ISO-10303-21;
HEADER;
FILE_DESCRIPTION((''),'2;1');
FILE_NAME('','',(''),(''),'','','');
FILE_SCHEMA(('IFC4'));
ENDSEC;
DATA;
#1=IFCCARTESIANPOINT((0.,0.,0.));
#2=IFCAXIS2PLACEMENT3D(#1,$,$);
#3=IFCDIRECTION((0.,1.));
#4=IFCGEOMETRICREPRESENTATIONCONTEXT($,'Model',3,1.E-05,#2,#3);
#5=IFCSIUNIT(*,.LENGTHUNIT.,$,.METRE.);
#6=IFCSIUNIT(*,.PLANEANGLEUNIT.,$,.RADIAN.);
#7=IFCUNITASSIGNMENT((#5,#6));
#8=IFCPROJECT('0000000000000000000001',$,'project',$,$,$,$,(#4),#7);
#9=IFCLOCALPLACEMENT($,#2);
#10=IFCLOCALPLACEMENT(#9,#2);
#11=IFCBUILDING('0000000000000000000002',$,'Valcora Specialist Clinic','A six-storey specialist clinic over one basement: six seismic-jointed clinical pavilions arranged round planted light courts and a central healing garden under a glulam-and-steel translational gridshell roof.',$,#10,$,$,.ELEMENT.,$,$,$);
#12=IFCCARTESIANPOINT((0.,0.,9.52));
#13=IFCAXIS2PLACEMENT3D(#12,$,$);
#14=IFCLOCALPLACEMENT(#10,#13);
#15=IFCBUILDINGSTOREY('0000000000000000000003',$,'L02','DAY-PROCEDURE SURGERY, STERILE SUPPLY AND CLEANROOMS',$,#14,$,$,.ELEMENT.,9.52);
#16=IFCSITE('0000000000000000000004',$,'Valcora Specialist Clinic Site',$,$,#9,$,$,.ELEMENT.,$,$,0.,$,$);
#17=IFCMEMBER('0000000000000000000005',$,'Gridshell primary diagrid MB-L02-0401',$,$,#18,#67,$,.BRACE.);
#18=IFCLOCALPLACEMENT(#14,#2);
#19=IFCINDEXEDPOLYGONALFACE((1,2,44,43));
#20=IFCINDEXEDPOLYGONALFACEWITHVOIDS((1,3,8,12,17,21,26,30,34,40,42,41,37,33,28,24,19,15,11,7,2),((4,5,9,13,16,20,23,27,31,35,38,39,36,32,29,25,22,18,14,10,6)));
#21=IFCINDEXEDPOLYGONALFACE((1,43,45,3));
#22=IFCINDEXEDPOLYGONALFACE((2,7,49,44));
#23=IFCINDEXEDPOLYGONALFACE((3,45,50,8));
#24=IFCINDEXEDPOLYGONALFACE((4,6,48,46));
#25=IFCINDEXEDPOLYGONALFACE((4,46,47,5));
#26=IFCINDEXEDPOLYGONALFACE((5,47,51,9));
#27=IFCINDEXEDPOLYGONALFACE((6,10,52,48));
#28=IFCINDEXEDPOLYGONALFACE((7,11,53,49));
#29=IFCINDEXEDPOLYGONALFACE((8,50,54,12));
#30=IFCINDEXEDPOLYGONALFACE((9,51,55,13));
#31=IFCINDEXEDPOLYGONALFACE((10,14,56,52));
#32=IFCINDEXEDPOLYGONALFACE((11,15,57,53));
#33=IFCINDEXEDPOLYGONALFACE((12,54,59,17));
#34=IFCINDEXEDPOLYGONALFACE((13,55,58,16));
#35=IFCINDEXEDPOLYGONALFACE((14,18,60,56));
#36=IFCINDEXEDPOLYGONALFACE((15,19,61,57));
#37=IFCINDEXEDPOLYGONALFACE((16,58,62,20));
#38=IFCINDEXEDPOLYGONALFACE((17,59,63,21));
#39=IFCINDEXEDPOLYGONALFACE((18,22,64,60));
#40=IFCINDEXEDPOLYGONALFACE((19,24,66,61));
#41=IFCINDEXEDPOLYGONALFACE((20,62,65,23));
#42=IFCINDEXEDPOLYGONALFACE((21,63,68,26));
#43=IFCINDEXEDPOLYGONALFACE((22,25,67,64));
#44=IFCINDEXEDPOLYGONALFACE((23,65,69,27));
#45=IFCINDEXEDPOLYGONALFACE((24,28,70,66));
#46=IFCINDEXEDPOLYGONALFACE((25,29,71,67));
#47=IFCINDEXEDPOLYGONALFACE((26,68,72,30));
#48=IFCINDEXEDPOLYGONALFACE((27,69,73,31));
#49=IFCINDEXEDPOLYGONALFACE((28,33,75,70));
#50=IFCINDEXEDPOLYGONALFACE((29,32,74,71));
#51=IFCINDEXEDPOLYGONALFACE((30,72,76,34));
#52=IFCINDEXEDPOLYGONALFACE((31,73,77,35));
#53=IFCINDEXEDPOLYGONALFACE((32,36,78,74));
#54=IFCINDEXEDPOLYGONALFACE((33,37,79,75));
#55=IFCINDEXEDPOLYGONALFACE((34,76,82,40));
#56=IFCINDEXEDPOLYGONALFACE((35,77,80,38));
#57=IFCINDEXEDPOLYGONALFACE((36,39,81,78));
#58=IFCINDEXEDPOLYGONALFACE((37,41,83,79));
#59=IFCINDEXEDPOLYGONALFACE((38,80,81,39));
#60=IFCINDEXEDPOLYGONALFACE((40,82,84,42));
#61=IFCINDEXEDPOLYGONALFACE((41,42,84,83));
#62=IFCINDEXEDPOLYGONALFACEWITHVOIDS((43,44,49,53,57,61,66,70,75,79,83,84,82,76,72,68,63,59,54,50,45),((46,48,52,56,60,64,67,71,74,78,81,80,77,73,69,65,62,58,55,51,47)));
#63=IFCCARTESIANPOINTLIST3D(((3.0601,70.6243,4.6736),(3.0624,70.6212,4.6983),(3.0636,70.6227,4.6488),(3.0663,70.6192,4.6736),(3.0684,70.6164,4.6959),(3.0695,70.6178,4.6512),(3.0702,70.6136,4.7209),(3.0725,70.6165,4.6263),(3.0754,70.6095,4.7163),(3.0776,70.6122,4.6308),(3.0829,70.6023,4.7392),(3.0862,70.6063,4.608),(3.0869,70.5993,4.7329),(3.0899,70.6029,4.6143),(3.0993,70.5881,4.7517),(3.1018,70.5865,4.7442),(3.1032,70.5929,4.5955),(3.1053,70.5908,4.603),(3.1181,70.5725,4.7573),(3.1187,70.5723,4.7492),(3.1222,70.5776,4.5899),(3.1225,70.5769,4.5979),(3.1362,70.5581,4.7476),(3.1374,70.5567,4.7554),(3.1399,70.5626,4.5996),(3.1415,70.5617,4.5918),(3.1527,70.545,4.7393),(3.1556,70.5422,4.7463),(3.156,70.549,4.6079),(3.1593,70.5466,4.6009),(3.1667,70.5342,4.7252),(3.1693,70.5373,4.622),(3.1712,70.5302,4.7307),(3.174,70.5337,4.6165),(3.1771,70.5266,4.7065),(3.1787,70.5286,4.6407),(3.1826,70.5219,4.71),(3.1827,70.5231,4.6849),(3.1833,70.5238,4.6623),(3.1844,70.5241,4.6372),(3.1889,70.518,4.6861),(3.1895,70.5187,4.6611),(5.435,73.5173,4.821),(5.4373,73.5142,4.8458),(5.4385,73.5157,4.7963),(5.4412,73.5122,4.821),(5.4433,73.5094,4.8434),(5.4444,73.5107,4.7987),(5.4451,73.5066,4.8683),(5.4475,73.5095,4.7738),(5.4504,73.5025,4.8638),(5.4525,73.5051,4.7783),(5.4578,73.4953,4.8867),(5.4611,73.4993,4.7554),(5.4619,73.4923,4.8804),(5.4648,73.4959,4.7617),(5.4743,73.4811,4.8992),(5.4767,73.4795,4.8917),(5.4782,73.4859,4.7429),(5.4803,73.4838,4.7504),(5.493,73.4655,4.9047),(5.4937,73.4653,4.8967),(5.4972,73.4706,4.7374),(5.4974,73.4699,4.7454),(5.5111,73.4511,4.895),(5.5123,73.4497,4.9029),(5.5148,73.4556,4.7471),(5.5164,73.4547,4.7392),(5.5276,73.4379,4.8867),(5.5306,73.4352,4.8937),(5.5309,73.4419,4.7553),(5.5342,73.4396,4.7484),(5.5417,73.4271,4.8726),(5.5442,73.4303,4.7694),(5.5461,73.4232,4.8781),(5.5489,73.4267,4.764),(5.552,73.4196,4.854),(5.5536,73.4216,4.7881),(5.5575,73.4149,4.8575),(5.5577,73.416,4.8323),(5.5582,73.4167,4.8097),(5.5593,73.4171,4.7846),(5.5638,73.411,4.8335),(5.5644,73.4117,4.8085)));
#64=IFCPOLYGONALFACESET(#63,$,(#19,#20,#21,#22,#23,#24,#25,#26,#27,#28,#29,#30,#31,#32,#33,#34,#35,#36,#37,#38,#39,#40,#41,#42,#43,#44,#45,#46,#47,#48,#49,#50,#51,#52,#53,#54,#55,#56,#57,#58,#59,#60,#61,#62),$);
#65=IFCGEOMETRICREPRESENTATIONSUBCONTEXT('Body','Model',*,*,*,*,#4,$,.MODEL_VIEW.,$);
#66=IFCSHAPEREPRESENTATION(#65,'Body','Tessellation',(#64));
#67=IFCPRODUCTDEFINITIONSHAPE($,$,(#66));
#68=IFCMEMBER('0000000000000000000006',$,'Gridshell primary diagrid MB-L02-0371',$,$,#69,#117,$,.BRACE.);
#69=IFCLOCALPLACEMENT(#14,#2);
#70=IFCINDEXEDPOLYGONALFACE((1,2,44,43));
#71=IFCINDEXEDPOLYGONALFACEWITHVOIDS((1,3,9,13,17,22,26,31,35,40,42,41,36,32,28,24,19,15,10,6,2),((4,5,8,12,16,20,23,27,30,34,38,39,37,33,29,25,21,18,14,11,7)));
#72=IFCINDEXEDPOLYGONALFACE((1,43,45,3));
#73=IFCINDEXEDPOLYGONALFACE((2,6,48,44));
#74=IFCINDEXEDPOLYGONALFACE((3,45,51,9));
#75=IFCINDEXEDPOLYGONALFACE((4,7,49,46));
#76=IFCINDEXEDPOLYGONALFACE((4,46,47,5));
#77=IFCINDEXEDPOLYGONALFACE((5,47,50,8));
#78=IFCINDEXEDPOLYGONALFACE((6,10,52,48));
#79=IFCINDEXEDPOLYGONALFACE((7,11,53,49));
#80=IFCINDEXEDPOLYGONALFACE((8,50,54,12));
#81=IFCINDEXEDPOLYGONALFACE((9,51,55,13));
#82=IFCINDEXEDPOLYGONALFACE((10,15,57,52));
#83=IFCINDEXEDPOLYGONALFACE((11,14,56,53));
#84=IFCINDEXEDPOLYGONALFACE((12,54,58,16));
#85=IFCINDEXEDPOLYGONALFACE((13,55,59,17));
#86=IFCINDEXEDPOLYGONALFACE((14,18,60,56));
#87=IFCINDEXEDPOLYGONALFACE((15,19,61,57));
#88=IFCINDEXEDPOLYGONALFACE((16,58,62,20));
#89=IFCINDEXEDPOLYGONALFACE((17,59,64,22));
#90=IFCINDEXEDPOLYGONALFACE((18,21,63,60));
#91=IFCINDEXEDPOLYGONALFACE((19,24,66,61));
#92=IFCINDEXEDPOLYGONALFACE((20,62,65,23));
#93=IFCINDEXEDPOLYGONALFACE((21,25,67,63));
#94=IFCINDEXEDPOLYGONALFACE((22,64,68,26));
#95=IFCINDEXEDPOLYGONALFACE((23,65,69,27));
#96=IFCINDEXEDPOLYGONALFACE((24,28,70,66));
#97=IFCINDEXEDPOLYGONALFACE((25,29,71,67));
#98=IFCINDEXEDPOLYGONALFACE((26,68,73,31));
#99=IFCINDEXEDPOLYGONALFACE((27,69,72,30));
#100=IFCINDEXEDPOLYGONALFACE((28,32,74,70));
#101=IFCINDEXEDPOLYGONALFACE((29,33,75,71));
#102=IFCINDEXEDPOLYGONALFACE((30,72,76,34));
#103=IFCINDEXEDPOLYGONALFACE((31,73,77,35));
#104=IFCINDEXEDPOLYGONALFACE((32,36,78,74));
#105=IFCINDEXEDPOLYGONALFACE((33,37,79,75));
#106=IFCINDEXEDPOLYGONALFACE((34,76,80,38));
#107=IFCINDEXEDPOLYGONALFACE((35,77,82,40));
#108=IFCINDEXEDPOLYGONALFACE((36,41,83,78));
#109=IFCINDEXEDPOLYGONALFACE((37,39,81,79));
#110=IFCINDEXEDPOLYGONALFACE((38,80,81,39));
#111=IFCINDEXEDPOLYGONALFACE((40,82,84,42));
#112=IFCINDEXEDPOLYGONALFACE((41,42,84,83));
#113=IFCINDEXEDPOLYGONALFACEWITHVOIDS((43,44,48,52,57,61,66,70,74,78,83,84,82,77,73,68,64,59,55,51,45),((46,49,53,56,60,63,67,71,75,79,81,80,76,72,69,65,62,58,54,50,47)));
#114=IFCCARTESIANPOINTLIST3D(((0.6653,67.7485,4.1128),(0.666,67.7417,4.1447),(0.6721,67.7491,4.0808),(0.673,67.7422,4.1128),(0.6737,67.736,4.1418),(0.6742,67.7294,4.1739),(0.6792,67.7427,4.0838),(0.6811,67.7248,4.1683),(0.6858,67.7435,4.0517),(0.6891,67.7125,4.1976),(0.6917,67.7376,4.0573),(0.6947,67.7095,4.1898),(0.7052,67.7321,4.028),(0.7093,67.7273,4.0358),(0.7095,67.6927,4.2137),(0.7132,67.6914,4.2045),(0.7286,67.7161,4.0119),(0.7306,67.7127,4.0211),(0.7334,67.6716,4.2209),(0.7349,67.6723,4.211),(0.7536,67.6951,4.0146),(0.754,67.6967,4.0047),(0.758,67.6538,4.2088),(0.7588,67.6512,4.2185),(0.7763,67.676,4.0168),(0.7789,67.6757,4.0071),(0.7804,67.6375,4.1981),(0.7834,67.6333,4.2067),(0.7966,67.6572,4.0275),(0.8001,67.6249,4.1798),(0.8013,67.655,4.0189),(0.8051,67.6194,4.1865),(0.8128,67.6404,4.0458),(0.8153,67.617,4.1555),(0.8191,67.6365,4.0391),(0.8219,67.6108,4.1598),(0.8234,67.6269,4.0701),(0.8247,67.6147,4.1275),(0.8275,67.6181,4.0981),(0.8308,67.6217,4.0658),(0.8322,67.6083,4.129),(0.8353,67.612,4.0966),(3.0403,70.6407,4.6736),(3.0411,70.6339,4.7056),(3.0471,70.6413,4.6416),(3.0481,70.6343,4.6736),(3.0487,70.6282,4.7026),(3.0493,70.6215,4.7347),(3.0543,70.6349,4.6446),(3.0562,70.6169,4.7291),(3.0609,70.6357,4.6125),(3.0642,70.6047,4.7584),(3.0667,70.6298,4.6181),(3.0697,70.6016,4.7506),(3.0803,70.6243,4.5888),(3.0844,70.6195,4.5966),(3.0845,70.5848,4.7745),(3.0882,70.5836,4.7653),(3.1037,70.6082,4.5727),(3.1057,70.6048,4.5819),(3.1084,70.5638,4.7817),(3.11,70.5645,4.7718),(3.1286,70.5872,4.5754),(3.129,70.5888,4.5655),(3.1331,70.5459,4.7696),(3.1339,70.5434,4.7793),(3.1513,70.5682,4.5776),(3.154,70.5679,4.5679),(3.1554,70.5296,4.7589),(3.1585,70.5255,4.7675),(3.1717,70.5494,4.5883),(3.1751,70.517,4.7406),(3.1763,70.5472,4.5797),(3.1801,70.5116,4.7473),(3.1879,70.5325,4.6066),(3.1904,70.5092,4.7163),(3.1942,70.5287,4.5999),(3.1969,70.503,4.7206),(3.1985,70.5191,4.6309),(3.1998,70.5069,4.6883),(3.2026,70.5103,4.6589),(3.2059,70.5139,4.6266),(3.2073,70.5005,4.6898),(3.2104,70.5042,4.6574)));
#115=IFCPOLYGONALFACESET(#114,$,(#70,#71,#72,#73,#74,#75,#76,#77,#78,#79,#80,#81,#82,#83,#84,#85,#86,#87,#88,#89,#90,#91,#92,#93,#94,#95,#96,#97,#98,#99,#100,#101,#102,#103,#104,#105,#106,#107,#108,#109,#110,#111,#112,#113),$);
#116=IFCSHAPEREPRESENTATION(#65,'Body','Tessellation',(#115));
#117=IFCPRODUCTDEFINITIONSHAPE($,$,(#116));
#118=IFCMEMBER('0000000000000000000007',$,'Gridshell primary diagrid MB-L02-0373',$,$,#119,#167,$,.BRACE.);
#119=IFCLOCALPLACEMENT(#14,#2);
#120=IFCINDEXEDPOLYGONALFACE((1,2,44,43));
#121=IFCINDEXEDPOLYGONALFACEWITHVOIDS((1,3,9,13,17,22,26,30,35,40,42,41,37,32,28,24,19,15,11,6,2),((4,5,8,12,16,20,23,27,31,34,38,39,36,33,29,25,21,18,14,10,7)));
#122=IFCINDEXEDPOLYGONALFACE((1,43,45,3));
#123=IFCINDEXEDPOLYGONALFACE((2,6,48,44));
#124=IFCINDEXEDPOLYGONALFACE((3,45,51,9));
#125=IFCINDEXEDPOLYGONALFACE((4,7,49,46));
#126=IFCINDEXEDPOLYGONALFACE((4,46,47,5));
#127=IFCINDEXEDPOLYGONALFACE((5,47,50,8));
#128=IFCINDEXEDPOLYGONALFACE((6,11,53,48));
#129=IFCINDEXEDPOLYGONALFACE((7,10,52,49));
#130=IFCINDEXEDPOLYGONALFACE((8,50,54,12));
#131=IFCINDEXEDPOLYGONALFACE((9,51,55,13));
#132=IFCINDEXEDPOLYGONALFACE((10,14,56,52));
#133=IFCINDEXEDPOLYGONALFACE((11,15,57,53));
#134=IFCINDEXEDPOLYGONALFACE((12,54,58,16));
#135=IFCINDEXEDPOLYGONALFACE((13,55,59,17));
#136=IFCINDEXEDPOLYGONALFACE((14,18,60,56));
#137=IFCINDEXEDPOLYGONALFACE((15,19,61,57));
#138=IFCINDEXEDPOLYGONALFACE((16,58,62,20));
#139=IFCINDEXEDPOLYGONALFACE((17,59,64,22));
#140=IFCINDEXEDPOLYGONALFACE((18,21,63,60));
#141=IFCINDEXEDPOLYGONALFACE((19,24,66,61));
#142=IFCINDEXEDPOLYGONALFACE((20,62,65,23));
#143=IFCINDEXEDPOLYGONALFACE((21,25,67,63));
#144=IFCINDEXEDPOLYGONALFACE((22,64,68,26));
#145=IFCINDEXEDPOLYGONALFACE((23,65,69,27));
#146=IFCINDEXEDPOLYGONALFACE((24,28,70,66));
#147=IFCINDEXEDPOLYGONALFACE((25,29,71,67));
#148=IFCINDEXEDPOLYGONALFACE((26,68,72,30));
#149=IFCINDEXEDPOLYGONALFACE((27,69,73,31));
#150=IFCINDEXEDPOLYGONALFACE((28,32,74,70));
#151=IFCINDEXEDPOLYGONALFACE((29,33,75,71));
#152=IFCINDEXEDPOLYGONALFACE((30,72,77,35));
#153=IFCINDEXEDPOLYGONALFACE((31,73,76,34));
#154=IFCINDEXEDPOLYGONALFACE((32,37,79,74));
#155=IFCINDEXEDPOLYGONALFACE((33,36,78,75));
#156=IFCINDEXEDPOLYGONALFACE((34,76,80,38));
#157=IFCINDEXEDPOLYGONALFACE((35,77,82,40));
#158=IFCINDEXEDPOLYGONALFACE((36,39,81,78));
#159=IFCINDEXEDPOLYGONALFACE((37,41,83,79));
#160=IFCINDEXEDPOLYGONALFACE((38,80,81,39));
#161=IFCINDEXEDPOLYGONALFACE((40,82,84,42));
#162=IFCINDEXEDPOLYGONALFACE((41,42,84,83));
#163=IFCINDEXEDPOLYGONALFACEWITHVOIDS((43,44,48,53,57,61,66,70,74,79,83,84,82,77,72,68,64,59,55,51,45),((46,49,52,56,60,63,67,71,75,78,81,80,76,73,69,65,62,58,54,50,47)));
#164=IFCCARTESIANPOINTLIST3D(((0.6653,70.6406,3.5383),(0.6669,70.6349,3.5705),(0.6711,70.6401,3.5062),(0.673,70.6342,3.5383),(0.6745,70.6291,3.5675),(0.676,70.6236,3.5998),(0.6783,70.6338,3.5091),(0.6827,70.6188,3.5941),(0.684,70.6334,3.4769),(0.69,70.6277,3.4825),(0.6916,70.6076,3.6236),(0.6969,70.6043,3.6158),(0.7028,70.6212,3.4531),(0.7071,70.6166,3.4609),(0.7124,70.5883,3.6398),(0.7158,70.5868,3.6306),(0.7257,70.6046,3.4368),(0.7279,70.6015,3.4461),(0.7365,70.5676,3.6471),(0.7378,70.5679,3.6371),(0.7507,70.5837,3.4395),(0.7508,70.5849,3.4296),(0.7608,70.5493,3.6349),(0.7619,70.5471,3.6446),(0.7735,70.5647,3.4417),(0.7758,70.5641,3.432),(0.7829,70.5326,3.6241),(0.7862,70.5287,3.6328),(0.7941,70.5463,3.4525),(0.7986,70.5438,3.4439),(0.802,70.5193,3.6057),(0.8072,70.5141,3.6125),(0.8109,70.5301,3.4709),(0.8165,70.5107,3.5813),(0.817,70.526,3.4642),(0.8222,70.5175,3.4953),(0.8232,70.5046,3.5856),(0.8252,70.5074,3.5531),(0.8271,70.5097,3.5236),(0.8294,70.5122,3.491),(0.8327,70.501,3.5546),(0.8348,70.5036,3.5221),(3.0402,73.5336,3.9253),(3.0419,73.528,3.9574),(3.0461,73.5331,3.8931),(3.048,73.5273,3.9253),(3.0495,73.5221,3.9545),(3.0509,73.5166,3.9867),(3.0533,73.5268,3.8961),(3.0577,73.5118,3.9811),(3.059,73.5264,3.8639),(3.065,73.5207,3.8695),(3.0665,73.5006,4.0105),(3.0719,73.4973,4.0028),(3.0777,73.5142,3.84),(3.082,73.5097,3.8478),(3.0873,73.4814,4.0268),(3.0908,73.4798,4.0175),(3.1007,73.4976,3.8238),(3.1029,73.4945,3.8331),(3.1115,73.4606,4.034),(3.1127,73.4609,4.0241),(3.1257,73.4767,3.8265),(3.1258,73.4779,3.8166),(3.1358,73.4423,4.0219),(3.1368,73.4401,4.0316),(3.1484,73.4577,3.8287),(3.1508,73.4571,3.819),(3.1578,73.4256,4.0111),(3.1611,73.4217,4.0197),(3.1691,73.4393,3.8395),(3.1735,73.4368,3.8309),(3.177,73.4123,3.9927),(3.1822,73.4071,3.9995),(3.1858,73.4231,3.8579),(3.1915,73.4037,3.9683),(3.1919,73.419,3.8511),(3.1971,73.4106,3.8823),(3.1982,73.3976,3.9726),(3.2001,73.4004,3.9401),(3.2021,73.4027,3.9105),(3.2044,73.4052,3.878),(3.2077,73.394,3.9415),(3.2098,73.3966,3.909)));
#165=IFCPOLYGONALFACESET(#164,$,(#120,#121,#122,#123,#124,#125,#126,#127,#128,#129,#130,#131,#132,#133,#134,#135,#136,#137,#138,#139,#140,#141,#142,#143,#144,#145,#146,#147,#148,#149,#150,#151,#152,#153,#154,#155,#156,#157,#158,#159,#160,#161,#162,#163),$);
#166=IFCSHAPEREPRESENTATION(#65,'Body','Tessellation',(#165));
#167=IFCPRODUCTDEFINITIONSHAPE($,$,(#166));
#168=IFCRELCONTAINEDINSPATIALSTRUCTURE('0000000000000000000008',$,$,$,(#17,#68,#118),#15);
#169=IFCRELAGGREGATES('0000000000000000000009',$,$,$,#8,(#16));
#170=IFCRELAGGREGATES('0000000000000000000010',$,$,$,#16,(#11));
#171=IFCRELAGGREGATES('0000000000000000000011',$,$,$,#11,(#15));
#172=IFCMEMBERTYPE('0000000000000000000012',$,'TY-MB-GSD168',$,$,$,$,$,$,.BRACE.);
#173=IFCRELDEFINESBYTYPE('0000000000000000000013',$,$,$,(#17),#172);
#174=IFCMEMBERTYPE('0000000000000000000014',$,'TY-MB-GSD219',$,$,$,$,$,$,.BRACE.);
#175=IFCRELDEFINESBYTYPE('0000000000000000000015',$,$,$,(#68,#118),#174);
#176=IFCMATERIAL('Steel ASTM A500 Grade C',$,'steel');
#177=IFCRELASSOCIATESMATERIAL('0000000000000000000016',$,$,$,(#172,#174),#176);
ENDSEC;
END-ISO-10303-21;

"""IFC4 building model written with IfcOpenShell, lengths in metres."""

from ifc_helpers import new_model, si_unit, direction, frame, origin, origin_2d, place, context, subcontext, project, spatial, hollow_circle, extrude, material, material_profile, profile_set, type_object, element, save


model = new_model("IFC4")

# Units and contexts
model_context = context("Model", 3, precision=1e-05, world=origin(), true_north=direction((0.0, 1.0)))
body_context = subcontext(model_context, "Body", "Model", "MODEL_VIEW")
ifc_project = project(units=[si_unit("LENGTHUNIT", "METRE"), si_unit("PLANEANGLEUNIT", "RADIAN")], contexts=[model_context])

# Site, building, storey
site_placement = place(None, origin())
site = spatial("IfcSite", under=ifc_project, at=site_placement, Name="Valcora Specialist Clinic Site", CompositionType="ELEMENT", RefElevation=0.0)
building_placement = place(site_placement, origin())
building = spatial("IfcBuilding", under=site, at=building_placement, Name="Valcora Specialist Clinic", Description="A six-storey specialist clinic over one basement: six seismic-jointed clinical pavilions arranged round planted light courts and a central healing garden under a glulam-and-steel translational gridshell roof.", CompositionType="ELEMENT")
storey_placement = place(building_placement, frame((0.0, 0.0, 9.52)))
storey = spatial("IfcBuildingStorey", under=building, at=storey_placement, Name="L02", Description="DAY-PROCEDURE SURGERY, STERILE SUPPLY AND CLEANROOMS", CompositionType="ELEMENT", Elevation=9.52)

# Members
ifc_material_1 = material(Name="Steel ASTM A500 Grade C", Category="steel")
ifc_material_profile_1 = material_profile(ifc_material_1, hollow_circle(Radius=0.084, WallThickness=0.0081, at=origin_2d()), Name="ST-CHS-168X8")
ifc_profile_set_1 = profile_set([ifc_material_profile_1], Name="Steel ASTM A500 Grade C")
member_type_1 = type_object("IfcMemberType", Name="TY-MB-GSD168", PredefinedType="BRACE", material=ifc_profile_set_1)
member_1_placement = place(storey_placement, frame((3.125, 70.571, 4.6736), z_axis=(0.634017, 0.772317, 0.039365), x_axis=(-0.772916, 0.634508, 0.0)))
element("IfcMember", 1, at=member_1_placement, inside=storey, type_object=member_type_1, Name="Gridshell primary diagrid MB-L02-0401", PredefinedType="BRACE", context=body_context, shape_type="SweptSolid", body=[
    extrude(hollow_circle(Radius=0.084, WallThickness=0.0081, at=origin_2d()), origin(), (0.0, 0.0, 1.0), 3.7458),
])
ifc_material_profile_2 = material_profile(ifc_material_1, hollow_circle(Radius=0.1096, WallThickness=0.01, at=origin_2d()), Name="ST-CHS-219X10")
ifc_profile_set_2 = profile_set([ifc_material_profile_2], Name="Steel ASTM A500 Grade C")
member_type_2 = type_object("IfcMemberType", Name="TY-MB-GSD219", PredefinedType="BRACE", material=ifc_profile_set_2)
member_2_placement = place(storey_placement, frame((0.75, 67.679, 4.1128), z_axis=(0.627629, 0.764277, 0.148197), x_axis=(-0.772811, 0.634636, 0.0)))
element("IfcMember", 2, at=member_2_placement, inside=storey, type_object=member_type_2, Name="Gridshell primary diagrid MB-L02-0371", PredefinedType="BRACE", context=body_context, shape_type="SweptSolid", body=[
    extrude(hollow_circle(Radius=0.1096, WallThickness=0.01, at=origin_2d()), origin(), (0.0, 0.0, 1.0), 3.7842),
])
member_3_placement = place(storey_placement, frame((0.75, 70.571, 3.5383), z_axis=(0.631145, 0.768818, 0.102834), x_axis=(-0.772916, 0.634508, 0.0)))
element("IfcMember", 3, at=member_3_placement, inside=storey, type_object=member_type_2, Name="Gridshell primary diagrid MB-L02-0373", PredefinedType="BRACE", context=body_context, shape_type="SweptSolid", body=[
    extrude(hollow_circle(Radius=0.1096, WallThickness=0.01, at=origin_2d()), origin(), (0.0, 0.0, 1.0), 3.7629),
])

save(model, "model.ifc")
